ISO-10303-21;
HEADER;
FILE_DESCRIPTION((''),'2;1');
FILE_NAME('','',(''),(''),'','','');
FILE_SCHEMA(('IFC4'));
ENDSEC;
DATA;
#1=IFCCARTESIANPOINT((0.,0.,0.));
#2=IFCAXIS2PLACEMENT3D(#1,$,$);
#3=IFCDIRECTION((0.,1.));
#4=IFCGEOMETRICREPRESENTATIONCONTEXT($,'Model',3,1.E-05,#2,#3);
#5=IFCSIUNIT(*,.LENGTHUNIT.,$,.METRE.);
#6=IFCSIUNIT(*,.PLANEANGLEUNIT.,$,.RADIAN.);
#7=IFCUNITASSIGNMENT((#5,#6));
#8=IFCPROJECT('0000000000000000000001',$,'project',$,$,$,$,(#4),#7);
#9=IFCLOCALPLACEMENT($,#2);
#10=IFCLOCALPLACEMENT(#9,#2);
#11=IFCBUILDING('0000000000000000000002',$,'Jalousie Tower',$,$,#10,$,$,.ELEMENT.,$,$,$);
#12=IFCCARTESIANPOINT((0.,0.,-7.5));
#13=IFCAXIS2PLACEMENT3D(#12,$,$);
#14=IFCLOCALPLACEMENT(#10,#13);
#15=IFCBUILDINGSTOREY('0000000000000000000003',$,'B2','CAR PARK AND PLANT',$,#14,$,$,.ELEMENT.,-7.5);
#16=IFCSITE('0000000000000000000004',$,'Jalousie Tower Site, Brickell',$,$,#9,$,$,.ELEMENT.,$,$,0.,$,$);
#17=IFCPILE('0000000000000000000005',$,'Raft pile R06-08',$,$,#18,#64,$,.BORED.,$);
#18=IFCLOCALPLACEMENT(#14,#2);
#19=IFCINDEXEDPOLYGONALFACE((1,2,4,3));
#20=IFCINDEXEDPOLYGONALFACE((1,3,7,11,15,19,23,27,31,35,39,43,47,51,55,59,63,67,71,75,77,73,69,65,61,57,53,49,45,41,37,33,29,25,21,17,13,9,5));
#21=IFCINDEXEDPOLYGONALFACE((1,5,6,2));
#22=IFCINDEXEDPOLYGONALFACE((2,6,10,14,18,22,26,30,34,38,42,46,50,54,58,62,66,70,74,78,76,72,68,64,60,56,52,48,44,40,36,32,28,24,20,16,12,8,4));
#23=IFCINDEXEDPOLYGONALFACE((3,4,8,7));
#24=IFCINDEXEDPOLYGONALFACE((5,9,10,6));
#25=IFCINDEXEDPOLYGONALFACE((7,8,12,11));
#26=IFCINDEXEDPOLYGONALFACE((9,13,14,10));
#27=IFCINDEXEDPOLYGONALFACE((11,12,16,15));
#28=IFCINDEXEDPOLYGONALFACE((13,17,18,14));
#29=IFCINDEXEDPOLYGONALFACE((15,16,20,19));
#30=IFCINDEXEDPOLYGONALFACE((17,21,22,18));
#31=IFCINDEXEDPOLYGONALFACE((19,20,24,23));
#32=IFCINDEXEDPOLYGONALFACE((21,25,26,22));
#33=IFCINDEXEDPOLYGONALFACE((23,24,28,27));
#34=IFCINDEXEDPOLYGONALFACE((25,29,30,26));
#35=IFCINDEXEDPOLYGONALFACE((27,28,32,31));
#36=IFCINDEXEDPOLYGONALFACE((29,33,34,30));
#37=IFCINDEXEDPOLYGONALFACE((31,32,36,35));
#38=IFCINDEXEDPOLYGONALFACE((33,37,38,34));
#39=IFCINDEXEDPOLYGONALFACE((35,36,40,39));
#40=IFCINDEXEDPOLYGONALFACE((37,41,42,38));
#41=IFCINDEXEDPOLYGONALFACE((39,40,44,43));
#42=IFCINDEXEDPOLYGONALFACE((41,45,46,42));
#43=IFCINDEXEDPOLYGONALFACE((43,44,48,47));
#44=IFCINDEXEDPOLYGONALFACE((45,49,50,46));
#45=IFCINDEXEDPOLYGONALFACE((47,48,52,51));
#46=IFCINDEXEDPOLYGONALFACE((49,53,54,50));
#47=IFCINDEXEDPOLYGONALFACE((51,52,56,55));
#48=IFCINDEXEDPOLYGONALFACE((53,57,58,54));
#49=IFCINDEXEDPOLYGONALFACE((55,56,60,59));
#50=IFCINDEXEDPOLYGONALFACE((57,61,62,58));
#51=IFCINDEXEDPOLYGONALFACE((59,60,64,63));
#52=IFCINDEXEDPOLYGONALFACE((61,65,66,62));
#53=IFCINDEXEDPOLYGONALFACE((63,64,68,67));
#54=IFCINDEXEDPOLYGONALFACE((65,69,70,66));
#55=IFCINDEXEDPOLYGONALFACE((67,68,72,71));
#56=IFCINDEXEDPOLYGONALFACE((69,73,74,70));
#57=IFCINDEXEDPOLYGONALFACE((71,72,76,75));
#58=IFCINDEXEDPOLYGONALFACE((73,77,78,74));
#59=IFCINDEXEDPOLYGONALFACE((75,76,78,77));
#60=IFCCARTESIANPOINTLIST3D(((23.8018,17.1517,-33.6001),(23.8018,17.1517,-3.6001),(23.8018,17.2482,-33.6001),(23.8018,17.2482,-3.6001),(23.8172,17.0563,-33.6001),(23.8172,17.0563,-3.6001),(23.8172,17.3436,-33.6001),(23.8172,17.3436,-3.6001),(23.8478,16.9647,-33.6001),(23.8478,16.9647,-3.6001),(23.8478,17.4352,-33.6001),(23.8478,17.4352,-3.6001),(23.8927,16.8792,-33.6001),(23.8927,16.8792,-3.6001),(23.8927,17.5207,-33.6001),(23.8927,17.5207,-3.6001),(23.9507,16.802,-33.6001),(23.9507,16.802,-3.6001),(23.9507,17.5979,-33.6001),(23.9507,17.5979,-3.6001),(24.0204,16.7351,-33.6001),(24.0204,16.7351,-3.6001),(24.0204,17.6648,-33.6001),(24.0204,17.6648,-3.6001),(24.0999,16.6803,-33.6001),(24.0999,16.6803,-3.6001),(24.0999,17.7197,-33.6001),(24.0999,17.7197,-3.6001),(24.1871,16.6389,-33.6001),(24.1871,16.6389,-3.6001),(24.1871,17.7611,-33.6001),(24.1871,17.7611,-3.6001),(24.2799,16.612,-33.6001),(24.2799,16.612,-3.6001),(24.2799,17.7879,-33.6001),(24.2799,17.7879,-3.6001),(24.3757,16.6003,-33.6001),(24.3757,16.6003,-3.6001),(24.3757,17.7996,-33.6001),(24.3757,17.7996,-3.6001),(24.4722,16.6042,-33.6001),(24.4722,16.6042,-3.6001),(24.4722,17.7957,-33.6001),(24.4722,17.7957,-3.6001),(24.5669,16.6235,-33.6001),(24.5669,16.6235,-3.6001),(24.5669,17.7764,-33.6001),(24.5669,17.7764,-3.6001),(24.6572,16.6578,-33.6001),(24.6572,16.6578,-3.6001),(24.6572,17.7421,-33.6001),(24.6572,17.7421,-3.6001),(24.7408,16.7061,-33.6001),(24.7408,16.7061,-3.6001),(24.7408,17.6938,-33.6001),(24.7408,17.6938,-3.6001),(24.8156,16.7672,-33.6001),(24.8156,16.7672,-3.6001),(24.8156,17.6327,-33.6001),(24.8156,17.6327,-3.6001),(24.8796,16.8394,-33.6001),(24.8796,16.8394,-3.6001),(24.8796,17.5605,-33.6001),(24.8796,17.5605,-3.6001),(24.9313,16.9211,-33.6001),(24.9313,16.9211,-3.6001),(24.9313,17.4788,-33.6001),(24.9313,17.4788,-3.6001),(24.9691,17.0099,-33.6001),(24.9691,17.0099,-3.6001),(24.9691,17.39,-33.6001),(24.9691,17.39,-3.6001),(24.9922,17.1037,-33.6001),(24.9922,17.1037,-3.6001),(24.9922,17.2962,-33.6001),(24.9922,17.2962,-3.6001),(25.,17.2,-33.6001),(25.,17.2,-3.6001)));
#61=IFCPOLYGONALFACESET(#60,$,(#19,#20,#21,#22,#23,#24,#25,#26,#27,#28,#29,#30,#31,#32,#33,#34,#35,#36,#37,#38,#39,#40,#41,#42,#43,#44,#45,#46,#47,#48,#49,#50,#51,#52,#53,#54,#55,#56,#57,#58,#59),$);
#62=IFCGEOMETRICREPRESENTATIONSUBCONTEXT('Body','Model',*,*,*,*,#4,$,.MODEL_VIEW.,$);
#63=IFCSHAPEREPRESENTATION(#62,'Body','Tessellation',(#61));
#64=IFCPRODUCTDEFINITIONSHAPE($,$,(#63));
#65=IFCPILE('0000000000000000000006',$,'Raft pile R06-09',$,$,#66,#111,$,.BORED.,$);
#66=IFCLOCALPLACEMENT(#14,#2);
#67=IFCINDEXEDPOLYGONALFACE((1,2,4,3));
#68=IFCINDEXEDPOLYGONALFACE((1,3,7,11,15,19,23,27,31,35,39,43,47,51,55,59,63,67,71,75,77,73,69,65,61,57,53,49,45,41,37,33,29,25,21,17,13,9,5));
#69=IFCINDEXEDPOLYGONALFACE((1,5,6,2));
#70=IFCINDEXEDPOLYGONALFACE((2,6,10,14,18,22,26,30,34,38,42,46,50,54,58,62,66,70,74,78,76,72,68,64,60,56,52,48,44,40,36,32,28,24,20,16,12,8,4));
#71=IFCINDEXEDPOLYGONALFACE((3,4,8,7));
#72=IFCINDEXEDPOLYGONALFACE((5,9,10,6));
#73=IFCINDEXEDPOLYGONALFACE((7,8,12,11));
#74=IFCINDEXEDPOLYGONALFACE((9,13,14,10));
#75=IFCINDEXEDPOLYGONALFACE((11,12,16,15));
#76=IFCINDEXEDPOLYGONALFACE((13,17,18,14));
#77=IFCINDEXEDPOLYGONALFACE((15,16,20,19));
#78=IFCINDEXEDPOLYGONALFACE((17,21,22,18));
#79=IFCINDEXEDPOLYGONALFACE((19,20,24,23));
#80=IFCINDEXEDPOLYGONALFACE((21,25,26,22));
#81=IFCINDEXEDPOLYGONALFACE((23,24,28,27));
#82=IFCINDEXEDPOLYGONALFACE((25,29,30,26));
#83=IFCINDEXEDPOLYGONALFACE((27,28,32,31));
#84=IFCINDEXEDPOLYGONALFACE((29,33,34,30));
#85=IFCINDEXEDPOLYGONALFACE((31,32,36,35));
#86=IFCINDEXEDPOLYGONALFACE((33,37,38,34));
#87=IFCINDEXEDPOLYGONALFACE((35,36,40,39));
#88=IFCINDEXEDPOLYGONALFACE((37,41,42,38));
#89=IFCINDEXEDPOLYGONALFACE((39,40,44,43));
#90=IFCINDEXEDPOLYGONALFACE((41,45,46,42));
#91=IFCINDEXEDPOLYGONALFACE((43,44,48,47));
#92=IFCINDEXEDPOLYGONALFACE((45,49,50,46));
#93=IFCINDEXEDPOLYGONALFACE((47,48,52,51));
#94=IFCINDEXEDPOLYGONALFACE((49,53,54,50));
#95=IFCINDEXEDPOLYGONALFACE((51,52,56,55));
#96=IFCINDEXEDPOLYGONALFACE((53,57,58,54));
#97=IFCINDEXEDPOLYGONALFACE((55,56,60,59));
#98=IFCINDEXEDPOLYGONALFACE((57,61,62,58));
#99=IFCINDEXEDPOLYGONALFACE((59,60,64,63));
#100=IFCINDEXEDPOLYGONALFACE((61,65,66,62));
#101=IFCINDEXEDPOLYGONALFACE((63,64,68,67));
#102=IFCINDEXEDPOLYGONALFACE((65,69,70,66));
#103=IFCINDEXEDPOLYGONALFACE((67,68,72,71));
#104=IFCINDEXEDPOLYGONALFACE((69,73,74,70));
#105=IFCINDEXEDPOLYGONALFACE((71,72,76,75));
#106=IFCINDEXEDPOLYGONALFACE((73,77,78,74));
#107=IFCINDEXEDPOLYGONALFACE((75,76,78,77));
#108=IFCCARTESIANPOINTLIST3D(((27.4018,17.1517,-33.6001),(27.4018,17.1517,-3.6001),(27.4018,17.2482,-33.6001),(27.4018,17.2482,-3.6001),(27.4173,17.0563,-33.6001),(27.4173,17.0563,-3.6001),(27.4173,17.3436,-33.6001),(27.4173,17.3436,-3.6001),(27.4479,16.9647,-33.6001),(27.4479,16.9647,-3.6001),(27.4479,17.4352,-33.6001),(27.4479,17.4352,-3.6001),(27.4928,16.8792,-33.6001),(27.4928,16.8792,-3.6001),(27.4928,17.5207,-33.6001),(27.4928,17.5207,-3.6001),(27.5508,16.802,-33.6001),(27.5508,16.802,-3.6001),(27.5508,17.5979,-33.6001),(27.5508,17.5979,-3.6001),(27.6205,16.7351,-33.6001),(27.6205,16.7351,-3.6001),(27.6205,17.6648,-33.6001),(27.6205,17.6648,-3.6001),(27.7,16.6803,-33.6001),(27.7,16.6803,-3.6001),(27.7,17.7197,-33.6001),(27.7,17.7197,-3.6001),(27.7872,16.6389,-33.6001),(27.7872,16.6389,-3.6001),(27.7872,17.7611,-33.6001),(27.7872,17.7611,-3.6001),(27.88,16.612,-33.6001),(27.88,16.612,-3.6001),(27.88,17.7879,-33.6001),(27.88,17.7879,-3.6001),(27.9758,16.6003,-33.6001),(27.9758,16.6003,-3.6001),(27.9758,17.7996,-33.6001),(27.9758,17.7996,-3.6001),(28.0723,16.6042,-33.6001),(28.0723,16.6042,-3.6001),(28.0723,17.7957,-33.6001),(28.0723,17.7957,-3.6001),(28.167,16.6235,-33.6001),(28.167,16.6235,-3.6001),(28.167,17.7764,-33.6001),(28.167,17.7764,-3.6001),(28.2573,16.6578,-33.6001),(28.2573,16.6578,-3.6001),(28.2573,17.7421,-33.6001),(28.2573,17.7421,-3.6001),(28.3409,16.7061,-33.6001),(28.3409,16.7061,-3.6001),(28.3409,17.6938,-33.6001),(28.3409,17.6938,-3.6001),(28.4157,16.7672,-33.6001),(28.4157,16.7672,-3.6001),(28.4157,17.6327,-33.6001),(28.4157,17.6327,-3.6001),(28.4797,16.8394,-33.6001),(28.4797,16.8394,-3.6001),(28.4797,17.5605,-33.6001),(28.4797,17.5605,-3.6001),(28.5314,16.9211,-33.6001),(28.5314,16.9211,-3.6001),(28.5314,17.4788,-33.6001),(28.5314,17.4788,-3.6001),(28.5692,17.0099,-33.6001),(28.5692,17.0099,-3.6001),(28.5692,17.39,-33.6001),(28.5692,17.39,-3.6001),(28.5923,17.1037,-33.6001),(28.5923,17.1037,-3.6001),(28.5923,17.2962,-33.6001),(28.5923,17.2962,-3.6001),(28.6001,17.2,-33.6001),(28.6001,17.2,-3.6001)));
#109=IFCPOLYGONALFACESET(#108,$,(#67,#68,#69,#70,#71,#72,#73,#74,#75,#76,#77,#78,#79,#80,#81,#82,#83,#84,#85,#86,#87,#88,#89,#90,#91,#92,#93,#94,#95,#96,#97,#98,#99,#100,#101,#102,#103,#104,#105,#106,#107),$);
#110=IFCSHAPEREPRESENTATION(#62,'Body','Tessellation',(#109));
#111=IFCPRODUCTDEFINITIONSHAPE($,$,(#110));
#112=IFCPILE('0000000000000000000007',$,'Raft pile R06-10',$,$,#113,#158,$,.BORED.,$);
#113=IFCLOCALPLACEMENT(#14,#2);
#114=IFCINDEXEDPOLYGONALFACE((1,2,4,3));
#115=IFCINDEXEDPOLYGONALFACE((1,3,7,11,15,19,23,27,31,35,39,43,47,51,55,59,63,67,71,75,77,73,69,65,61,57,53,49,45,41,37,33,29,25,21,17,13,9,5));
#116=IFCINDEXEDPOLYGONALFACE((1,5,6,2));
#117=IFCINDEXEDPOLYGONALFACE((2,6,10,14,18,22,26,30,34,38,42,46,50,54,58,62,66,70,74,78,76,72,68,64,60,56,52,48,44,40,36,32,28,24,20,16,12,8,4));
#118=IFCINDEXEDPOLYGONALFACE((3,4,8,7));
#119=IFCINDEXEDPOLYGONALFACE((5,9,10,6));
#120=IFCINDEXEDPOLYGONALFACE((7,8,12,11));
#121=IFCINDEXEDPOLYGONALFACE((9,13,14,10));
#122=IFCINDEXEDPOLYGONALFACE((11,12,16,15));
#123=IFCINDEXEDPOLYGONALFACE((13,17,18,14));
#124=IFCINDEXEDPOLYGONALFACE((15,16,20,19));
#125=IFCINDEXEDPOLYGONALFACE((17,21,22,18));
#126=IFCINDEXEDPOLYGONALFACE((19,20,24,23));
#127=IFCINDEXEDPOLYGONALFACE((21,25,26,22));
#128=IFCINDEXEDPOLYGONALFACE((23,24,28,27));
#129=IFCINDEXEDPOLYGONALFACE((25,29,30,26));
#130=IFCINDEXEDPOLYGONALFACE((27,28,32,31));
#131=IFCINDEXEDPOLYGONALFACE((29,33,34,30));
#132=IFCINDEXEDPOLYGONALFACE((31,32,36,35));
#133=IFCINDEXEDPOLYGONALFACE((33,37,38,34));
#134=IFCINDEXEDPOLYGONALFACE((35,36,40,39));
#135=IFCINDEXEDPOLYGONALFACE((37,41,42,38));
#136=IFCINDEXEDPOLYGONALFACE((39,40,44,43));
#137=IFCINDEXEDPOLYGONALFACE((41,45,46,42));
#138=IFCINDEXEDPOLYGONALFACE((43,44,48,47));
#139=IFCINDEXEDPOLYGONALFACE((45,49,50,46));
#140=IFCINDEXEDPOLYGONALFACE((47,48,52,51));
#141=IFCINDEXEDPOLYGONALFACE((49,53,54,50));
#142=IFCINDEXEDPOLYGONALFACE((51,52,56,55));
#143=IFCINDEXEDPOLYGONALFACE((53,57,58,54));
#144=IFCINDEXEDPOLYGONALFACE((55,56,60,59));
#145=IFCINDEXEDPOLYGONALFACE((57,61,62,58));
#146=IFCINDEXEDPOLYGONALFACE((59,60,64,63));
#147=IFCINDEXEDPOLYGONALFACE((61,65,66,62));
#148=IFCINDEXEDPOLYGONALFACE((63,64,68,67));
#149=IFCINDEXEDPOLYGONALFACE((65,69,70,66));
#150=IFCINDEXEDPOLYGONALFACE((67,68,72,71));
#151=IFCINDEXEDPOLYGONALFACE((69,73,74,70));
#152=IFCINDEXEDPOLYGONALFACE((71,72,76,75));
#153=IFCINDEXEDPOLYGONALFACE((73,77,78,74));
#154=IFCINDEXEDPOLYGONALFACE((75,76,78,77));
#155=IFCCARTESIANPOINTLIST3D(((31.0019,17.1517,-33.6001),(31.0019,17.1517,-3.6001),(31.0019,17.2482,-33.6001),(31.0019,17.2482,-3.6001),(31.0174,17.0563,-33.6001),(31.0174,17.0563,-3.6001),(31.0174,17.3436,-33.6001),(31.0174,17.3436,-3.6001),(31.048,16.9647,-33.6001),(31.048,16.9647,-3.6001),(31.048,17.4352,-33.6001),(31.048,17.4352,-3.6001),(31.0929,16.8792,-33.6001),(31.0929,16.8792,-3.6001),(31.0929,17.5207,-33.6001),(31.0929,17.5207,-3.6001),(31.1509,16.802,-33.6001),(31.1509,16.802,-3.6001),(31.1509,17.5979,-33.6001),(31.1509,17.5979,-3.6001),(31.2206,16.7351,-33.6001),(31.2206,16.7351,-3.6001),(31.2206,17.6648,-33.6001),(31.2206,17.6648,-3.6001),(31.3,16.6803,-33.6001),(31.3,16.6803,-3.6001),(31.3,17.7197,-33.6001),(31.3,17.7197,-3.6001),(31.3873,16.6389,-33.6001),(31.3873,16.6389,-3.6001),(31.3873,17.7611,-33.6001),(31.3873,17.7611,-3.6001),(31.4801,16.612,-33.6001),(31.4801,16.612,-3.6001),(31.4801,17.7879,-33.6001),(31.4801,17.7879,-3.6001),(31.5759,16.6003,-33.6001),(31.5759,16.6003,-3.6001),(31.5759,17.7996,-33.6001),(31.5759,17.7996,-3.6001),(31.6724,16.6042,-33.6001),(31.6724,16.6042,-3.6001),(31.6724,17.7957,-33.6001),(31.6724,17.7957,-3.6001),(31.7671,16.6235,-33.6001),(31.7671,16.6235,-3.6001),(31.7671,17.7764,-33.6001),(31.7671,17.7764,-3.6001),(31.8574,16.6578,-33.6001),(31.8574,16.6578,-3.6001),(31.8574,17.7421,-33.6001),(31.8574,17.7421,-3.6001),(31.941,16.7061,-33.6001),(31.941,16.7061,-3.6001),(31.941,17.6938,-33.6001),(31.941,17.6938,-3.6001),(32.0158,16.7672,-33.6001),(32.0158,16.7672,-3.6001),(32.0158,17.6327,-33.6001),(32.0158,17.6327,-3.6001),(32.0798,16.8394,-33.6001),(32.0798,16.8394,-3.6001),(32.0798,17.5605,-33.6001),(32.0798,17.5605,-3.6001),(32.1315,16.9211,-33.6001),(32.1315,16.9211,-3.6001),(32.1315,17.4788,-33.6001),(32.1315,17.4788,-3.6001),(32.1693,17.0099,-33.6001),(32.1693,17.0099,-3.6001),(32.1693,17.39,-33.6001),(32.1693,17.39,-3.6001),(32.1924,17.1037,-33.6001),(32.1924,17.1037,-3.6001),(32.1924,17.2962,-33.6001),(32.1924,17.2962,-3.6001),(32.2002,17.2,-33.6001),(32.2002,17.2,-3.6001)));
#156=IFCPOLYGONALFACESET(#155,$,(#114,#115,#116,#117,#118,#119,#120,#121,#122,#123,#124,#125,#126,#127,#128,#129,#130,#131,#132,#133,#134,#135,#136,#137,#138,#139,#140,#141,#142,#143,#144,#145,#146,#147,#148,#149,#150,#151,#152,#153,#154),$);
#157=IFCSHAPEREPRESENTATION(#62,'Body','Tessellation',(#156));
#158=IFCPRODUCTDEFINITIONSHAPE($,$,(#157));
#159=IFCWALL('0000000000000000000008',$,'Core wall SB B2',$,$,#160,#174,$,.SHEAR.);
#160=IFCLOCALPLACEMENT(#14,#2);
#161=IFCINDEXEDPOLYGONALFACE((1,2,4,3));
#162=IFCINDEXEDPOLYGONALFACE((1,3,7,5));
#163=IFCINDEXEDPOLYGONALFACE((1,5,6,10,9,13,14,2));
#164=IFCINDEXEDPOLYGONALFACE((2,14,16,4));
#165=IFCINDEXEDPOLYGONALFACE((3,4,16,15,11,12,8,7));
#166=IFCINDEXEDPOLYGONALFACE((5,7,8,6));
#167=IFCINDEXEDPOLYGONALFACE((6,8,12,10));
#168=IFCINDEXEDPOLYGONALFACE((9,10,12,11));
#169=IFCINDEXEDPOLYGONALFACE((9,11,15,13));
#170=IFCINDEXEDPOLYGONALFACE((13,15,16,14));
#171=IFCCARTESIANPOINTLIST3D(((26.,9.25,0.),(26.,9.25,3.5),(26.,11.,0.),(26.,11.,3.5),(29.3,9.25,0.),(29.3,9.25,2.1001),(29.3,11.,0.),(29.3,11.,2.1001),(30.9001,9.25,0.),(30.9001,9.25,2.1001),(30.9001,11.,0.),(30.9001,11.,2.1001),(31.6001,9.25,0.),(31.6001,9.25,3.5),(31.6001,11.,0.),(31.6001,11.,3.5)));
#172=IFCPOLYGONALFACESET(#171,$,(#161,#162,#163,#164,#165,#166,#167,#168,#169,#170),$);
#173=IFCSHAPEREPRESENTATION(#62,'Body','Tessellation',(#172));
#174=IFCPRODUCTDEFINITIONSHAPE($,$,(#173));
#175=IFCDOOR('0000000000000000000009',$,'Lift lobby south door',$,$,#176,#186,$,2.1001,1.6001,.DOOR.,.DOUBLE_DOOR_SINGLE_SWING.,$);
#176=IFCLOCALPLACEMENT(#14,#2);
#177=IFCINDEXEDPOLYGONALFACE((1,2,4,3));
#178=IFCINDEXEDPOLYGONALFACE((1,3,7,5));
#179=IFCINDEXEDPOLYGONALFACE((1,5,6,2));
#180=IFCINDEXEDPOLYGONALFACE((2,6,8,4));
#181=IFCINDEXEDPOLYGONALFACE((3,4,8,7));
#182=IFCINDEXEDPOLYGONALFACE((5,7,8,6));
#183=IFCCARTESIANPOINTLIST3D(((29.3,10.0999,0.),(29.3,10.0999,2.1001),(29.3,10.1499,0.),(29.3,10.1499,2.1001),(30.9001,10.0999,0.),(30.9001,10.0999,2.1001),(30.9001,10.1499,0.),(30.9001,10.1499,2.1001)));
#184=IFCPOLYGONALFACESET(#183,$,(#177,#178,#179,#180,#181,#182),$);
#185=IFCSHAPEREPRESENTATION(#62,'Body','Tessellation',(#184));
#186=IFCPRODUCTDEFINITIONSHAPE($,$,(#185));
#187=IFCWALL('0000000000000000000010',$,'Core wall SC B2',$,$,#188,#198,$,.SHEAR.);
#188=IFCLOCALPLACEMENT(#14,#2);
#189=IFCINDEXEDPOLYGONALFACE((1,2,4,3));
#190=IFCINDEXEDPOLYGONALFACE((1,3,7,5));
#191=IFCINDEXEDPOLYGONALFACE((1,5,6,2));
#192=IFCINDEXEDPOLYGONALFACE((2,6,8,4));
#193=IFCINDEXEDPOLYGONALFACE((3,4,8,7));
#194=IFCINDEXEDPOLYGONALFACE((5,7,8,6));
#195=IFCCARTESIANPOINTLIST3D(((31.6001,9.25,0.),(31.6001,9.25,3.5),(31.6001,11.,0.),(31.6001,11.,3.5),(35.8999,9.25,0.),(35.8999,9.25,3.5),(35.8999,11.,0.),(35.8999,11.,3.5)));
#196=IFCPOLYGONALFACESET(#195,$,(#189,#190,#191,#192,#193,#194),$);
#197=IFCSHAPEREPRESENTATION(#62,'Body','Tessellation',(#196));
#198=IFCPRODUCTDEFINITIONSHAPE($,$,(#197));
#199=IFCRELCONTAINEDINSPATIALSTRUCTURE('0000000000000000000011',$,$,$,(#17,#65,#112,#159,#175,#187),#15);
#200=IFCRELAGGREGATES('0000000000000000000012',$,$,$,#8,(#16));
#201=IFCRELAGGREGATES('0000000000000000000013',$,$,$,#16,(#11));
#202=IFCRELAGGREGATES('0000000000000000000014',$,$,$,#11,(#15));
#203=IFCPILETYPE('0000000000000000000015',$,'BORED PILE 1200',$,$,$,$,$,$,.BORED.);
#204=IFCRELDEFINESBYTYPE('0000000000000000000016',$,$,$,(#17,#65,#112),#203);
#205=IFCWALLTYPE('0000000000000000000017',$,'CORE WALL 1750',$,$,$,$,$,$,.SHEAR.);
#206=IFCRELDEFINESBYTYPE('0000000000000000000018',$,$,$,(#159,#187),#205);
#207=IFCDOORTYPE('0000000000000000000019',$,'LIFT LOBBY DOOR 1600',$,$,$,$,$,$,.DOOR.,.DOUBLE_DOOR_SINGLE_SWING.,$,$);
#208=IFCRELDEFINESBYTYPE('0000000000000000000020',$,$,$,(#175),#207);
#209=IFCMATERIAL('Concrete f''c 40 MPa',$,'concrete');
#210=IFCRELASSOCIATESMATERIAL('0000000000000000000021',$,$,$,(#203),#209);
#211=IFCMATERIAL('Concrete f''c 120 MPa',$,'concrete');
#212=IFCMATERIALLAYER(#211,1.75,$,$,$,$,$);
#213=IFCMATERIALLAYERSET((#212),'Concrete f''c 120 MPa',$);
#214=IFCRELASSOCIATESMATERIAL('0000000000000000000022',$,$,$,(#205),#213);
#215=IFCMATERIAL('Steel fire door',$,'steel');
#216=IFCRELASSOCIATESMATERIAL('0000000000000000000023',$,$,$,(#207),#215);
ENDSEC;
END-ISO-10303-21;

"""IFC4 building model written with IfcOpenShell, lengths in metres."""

from ifc_helpers import new_model, si_unit, direction, frame, frame_2d, origin, origin_2d, place, context, subcontext, project, spatial, rectangle, circle, extrude, material, layer, layer_set, material_profile, profile_set, type_object, element, fill, save


model = new_model("IFC4")

# Units and contexts
model_context = context("Model", 3, precision=1e-05, world=origin(), true_north=direction((0.0, 1.0)))
body_context = subcontext(model_context, "Body", "Model", "MODEL_VIEW")
ifc_project = project(units=[si_unit("LENGTHUNIT", "METRE"), si_unit("PLANEANGLEUNIT", "RADIAN")], contexts=[model_context])

# Site, building, storey
site_placement = place(None, origin())
site = spatial("IfcSite", under=ifc_project, at=site_placement, Name="Jalousie Tower Site, Brickell", CompositionType="ELEMENT", RefElevation=0.0)
building_placement = place(site_placement, origin())
building = spatial("IfcBuilding", under=site, at=building_placement, Name="Jalousie Tower", CompositionType="ELEMENT")
storey_placement = place(building_placement, frame((0.0, 0.0, -7.5)))
storey = spatial("IfcBuildingStorey", under=building, at=storey_placement, Name="B2", Description="CAR PARK AND PLANT", CompositionType="ELEMENT", Elevation=-7.5)

# Piles
ifc_material_1 = material(Name="Concrete f'c 40 MPa", Category="concrete")
ifc_material_profile = material_profile(ifc_material_1, circle(Radius=0.6001, at=origin_2d()), Name="BORED PILE D1200")
ifc_profile_set = profile_set([ifc_material_profile], Name="Concrete f'c 40 MPa")
pile_type = type_object("IfcPileType", Name="BORED PILE 1200", PredefinedType="BORED", material=ifc_profile_set)
for number, where, z_axis, x_axis, name in (
    (1, (24.3999, 17.2, -3.6001), (0.0, 0.0, -1.0), (1.0, 0.0, 0.0), "Raft pile R06-08"),
    (2, (28.0, 17.2, -3.6001), (0.0, 0.0, -1.0), (1.0, 0.0, 0.0), "Raft pile R06-09"),
    (3, (31.6001, 17.2, -3.6001), (0.0, 0.0, -1.0), (1.0, 0.0, 0.0), "Raft pile R06-10"),
):
    element("IfcPile", number, at=place(storey_placement, frame(where, z_axis=z_axis, x_axis=x_axis)), inside=storey, type_object=pile_type, Name=name, PredefinedType="BORED", context=body_context, shape_type="SweptSolid", body=[
        extrude(circle(Radius=0.6001, at=origin_2d()), origin(), (0.0, 0.0, 1.0), 30.0),
    ])

# Wall, opening, door
ifc_material_2 = material(Name="Concrete f'c 120 MPa", Category="concrete")
ifc_layer_1 = layer(ifc_material_2, 1.75)
ifc_layer_set_1 = layer_set([ifc_layer_1], Name="Concrete f'c 120 MPa")
wall_type_1 = type_object("IfcWallType", Name="CORE WALL 1750", PredefinedType="SHEAR", material=ifc_layer_set_1)
wall_1_placement = place(storey_placement, frame((26.0, 10.125, 0.0), z_axis=(0.0, 0.0, 1.0), x_axis=(1.0, 0.0, 0.0)))
wall_1 = element("IfcWall", 4, at=wall_1_placement, inside=storey, type_object=wall_type_1, Name="Core wall SB B2", PredefinedType="SHEAR", context=body_context, shape_type="SweptSolid", body=[
    extrude(rectangle(XDim=5.6001, YDim=1.75, at=frame_2d((2.8, 0.0))), origin(), (0.0, 0.0, 1.0), 3.5),
])
opening_1_placement = place(wall_1_placement, frame((3.3, 0.0, 0.0)))
opening_1 = element("IfcOpeningElement", 5, at=opening_1_placement, cuts=wall_1, PredefinedType="OPENING", context=body_context, shape_type="SweptSolid", body=[
    extrude(rectangle(XDim=1.6001, YDim=2.1001, at=frame_2d((0.8, 1.05))), frame((0.0, 0.885, 0.0), z_axis=(0.0, -1.0, 0.0), x_axis=(1.0, 0.0, 0.0)), (0.0, 0.0, 1.0), 1.77),
])
ifc_material_3 = material(Name="Steel fire door", Category="steel")
door_type_1 = type_object("IfcDoorType", Name="LIFT LOBBY DOOR 1600", OperationType="DOUBLE_DOOR_SINGLE_SWING", PredefinedType="DOOR", material=ifc_material_3)
door_1_placement = place(opening_1_placement, origin())
door_1 = element("IfcDoor", 6, at=door_1_placement, inside=storey, type_object=door_type_1, Name="Lift lobby south door", OperationType="DOUBLE_DOOR_SINGLE_SWING", OverallHeight=2.1001, OverallWidth=1.6001, PredefinedType="DOOR", context=body_context, shape_type="SweptSolid", body=[
    extrude(rectangle(XDim=1.6001, YDim=2.1001, at=frame_2d((0.8, 1.05))), frame((0.0, 0.0249, 0.0), z_axis=(0.0, -1.0, 0.0), x_axis=(1.0, 0.0, 0.0)), (0.0, 0.0, 1.0), 0.05),
])
fill(opening_1, door_1)

# Wall
wall_2_placement = place(storey_placement, frame((31.6001, 10.125, 0.0), z_axis=(0.0, 0.0, 1.0), x_axis=(1.0, 0.0, 0.0)))
element("IfcWall", 7, at=wall_2_placement, inside=storey, type_object=wall_type_1, Name="Core wall SC B2", PredefinedType="SHEAR", context=body_context, shape_type="SweptSolid", body=[
    extrude(rectangle(XDim=4.2998, YDim=1.75, at=frame_2d((2.1499, 0.0))), origin(), (0.0, 0.0, 1.0), 3.5),
])

save(model, "model.ifc")
